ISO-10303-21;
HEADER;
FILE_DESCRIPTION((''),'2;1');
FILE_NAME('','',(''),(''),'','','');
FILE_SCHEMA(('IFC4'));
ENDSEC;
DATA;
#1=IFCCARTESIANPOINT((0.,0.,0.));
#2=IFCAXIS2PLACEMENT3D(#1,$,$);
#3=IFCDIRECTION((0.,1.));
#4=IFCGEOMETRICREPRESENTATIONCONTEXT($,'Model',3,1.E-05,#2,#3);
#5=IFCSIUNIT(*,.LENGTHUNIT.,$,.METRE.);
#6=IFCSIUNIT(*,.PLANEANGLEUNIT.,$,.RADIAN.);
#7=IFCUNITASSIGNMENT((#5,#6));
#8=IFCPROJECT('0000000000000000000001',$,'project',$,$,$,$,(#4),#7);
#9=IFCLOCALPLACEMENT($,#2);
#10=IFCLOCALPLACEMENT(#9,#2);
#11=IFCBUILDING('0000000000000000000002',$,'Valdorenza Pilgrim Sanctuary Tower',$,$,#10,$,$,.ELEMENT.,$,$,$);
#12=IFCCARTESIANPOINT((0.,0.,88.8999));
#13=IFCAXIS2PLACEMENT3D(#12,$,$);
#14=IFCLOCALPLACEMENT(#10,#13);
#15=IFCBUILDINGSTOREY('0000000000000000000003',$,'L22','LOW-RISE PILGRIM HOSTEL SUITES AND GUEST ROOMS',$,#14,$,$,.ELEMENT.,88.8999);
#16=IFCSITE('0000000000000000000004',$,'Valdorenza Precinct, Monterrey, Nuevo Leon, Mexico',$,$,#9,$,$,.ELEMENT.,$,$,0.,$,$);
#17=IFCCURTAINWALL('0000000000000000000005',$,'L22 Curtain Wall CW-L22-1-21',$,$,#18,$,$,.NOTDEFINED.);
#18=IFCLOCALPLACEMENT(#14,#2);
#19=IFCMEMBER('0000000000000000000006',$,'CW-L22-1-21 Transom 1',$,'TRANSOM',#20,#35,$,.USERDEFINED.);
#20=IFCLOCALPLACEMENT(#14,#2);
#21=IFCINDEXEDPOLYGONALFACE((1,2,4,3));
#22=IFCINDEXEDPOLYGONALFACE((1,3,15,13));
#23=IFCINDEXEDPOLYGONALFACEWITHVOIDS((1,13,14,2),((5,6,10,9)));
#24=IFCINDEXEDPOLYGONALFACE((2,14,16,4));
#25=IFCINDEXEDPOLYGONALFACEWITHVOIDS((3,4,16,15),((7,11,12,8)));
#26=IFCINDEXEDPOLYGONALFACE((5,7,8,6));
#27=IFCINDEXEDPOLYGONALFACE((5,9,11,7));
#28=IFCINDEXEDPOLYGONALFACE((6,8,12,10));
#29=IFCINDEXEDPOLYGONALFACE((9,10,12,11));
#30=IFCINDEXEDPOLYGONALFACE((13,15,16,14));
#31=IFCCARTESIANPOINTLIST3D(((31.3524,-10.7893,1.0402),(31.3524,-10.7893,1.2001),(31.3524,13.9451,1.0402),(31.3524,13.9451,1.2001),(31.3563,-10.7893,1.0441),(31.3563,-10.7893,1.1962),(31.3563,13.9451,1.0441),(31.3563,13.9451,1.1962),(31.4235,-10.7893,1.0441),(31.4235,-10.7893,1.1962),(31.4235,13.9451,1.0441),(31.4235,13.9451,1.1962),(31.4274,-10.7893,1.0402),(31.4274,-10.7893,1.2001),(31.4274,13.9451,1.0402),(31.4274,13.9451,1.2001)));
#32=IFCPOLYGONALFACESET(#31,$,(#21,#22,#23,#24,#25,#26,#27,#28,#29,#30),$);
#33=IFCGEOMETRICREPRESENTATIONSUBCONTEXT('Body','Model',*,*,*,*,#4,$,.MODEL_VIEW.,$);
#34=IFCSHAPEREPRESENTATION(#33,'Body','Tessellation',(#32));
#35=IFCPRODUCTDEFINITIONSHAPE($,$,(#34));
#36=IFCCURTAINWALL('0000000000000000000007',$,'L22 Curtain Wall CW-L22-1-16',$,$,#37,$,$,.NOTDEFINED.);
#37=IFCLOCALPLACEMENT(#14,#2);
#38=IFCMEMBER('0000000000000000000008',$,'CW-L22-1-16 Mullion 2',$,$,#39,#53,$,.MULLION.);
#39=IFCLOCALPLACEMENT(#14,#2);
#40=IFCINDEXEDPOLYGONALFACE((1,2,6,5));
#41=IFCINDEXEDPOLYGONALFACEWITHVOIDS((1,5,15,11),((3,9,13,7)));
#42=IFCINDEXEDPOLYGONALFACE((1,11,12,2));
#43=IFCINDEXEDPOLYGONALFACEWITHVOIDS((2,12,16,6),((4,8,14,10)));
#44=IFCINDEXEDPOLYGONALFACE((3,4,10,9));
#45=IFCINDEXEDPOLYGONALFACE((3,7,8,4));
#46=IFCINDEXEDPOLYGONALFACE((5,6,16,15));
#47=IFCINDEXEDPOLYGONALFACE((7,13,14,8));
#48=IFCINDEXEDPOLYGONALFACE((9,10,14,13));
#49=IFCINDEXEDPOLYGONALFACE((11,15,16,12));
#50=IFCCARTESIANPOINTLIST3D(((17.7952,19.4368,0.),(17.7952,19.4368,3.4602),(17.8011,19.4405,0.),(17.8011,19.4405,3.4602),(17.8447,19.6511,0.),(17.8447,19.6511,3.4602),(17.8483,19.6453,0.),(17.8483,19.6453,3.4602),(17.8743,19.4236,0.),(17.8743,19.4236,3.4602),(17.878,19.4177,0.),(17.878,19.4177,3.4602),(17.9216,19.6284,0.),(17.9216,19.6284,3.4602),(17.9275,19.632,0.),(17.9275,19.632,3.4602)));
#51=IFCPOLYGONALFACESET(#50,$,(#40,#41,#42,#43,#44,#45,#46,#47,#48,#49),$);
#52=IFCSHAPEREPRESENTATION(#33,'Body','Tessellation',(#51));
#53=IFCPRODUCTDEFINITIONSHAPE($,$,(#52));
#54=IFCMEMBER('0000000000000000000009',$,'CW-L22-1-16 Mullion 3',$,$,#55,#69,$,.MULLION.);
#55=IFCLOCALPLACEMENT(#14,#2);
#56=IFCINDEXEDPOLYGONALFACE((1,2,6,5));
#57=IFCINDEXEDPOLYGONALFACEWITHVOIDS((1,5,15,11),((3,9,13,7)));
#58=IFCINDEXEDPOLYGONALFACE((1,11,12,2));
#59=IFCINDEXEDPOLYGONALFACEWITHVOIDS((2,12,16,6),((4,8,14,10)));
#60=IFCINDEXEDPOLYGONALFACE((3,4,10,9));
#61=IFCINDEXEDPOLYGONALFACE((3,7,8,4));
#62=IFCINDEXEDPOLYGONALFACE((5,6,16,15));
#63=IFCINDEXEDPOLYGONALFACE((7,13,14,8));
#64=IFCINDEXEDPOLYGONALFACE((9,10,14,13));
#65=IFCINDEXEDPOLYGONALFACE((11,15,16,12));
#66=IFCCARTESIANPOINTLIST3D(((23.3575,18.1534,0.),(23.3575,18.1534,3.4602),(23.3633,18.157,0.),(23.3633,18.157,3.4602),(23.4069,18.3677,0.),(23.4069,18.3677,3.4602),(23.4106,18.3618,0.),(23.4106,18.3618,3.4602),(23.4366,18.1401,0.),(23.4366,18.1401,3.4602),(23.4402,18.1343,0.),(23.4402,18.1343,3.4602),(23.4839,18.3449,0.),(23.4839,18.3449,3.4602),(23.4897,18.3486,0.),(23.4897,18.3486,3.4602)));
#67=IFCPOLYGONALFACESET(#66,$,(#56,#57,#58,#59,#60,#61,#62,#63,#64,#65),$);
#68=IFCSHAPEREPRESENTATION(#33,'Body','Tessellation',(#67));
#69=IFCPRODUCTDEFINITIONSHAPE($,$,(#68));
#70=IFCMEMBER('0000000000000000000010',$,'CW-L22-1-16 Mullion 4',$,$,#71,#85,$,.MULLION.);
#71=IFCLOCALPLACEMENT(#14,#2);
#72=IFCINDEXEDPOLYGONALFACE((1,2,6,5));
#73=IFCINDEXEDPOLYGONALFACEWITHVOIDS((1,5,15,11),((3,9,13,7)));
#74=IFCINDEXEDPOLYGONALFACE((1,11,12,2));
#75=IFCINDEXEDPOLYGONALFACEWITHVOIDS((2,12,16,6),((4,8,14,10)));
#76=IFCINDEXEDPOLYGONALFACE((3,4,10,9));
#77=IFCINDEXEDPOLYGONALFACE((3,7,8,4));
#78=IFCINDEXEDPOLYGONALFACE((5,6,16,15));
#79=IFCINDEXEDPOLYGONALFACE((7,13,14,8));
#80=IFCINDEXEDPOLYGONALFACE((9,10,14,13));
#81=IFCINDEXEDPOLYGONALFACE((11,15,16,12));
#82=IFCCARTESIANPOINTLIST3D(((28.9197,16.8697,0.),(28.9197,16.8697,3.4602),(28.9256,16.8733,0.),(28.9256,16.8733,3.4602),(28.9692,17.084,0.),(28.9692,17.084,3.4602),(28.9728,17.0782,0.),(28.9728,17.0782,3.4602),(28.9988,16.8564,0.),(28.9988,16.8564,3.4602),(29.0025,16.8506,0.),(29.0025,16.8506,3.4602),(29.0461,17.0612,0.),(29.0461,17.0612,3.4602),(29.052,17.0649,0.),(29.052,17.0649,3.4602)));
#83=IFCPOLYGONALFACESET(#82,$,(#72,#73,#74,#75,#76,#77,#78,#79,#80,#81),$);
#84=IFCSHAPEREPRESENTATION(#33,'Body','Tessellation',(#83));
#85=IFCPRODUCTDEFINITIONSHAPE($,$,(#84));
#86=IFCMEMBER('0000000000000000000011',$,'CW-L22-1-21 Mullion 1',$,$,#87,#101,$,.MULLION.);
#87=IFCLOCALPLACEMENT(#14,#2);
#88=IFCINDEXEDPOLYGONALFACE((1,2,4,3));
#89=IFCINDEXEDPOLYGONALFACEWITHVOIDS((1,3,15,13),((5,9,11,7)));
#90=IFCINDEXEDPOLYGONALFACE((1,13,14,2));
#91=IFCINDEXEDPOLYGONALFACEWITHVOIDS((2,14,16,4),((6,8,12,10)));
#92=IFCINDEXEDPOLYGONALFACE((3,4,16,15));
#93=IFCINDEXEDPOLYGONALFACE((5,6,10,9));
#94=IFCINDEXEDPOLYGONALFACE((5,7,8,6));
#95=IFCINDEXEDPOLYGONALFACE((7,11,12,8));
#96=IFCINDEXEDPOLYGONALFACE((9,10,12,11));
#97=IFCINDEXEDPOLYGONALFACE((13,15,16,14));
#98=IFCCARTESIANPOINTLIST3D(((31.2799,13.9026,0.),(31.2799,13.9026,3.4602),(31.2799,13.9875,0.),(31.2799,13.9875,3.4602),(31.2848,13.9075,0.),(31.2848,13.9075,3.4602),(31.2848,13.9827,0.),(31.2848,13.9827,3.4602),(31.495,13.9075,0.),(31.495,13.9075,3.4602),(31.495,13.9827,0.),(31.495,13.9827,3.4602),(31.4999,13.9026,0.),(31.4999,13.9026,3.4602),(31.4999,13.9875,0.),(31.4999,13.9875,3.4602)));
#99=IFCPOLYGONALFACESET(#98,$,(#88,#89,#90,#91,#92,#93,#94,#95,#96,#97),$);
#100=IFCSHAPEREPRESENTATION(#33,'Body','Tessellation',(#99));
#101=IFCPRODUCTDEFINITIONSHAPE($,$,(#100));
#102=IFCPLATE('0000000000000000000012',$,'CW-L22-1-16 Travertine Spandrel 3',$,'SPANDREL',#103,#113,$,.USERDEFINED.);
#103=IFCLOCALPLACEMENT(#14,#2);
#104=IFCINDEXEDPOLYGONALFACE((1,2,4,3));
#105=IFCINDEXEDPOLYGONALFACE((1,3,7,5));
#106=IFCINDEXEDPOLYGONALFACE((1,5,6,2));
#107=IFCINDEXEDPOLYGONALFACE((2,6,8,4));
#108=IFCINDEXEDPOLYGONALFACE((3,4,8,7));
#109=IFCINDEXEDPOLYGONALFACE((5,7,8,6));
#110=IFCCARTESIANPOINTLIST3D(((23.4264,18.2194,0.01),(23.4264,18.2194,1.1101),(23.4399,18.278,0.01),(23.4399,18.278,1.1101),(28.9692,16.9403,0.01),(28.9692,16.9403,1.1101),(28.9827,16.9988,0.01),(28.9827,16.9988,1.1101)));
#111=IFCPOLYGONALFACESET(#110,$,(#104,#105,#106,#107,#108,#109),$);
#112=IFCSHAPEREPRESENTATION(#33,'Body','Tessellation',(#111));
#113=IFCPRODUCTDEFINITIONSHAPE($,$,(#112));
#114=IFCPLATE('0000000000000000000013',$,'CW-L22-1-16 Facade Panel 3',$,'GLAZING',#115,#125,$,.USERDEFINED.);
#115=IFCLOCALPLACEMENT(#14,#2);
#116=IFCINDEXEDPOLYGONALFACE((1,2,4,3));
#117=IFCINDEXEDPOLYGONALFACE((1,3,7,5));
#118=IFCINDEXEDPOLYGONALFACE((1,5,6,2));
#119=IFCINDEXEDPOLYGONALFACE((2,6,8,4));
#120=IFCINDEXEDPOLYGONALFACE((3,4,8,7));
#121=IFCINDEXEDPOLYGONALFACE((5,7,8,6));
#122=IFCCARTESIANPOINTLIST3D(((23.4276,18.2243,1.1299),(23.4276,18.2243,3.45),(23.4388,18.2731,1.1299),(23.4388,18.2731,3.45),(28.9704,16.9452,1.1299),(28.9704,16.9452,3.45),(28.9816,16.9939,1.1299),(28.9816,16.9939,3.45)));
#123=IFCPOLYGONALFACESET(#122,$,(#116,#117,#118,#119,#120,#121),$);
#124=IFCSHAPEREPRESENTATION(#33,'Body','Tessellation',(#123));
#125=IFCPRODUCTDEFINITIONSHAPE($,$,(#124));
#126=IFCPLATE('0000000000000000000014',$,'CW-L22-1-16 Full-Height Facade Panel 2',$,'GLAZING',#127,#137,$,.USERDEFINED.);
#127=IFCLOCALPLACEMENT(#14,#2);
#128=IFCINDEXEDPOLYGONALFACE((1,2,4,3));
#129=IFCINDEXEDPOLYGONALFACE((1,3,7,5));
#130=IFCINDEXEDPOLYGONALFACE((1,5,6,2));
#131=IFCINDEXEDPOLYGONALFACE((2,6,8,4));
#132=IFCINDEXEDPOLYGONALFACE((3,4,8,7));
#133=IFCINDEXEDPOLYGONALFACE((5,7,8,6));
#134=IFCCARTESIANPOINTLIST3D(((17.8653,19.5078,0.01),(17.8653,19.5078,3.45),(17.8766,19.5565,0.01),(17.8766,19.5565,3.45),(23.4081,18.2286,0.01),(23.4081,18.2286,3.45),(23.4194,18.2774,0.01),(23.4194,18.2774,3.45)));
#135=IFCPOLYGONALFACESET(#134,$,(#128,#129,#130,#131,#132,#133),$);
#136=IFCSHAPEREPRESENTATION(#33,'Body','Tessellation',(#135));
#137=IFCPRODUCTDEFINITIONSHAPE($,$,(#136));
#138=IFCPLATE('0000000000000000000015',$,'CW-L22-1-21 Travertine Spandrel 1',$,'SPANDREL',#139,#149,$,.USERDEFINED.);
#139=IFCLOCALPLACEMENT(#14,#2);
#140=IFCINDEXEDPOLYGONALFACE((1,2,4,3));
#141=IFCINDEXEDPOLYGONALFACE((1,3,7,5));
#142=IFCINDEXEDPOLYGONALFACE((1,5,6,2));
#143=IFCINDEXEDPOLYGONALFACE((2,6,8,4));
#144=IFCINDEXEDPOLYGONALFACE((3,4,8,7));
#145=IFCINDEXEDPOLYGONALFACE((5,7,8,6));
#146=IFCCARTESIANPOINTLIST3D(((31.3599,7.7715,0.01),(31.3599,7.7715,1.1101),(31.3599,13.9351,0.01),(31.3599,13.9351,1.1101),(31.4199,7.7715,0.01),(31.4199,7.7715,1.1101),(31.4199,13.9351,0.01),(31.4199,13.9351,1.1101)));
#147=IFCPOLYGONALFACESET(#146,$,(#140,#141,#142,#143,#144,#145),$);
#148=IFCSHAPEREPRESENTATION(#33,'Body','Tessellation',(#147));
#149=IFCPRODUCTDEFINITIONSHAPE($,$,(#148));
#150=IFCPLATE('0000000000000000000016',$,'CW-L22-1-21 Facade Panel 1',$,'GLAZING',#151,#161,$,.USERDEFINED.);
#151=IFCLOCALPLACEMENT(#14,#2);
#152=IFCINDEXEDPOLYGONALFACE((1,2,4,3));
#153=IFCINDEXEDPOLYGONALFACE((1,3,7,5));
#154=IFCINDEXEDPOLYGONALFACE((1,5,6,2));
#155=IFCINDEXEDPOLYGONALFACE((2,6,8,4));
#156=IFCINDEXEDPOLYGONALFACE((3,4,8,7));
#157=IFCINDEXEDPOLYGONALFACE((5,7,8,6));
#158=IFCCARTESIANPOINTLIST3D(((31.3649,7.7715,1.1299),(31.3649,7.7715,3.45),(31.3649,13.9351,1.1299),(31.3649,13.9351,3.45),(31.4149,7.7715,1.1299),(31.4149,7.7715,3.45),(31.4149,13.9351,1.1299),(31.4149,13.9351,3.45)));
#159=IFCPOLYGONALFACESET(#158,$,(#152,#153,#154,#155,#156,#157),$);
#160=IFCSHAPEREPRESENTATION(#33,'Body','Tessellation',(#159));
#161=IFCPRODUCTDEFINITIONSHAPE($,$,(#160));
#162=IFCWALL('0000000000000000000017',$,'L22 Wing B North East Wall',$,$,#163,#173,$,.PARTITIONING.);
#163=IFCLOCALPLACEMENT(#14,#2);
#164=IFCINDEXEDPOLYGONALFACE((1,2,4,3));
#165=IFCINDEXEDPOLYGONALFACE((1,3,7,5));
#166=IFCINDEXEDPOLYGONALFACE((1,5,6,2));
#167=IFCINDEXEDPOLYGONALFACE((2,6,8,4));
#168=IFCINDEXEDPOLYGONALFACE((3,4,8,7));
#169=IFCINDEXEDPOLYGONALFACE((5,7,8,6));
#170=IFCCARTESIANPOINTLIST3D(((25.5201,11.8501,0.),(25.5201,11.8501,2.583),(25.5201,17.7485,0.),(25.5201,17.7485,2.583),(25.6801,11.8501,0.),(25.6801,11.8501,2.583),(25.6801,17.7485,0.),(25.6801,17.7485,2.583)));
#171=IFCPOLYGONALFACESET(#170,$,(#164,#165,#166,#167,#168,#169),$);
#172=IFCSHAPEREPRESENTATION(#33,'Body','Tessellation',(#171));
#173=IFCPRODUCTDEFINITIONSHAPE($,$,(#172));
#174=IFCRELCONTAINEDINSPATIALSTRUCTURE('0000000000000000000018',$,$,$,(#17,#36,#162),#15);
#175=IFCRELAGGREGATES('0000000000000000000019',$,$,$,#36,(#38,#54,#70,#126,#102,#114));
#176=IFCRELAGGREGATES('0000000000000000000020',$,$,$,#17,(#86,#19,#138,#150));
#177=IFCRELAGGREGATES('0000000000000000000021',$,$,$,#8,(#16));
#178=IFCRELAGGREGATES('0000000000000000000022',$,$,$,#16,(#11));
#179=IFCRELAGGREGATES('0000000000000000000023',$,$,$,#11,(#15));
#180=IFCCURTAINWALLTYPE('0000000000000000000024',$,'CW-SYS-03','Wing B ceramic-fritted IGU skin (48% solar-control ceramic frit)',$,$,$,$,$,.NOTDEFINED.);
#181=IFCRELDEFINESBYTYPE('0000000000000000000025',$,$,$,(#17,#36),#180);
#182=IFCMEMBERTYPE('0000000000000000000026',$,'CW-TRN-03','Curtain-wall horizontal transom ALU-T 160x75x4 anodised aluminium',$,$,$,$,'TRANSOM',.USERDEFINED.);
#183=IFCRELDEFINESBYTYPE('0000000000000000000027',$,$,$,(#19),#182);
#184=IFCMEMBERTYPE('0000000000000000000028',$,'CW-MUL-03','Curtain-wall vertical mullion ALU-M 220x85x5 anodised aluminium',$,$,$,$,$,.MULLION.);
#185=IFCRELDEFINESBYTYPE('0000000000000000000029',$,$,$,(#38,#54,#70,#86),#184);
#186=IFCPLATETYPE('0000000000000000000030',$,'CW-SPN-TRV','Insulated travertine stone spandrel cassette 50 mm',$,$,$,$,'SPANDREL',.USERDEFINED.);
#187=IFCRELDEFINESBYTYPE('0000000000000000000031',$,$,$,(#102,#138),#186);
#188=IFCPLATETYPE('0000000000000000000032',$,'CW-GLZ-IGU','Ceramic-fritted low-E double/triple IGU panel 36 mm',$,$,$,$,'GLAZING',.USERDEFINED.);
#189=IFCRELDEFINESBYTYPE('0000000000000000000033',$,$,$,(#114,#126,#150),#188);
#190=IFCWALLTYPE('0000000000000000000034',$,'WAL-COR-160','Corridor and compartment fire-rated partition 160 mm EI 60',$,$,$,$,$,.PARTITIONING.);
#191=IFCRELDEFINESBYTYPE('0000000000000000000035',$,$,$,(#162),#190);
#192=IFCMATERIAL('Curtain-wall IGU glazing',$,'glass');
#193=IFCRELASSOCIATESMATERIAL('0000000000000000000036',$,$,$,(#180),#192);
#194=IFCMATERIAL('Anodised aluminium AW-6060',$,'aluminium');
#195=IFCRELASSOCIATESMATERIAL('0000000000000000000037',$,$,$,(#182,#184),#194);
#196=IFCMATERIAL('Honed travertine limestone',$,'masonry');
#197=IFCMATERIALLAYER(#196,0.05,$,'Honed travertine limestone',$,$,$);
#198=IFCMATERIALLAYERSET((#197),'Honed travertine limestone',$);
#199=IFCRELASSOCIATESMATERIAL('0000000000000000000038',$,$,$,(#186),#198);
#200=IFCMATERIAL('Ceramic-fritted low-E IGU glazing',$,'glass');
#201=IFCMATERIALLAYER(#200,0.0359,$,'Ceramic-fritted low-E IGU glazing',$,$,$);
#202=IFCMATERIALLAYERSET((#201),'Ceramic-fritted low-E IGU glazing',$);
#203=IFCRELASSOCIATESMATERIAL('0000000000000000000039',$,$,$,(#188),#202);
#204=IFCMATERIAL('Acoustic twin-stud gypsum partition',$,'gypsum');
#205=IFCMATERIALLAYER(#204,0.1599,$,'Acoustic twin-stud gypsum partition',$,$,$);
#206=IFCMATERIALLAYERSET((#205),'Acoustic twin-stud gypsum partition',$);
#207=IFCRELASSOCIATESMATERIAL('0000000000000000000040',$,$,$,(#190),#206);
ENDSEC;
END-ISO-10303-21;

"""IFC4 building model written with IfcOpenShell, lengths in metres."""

from ifc_helpers import new_model, si_unit, direction, frame, frame_2d, origin, origin_2d, place, context, subcontext, project, spatial, rectangle, hollow_rectangle, extrude, source, transform, mapped, material, layer, layer_set, material_profile, profile_set, type_object, element, aggregate, save


model = new_model("IFC4")

# Units and contexts
model_context = context("Model", 3, precision=1e-05, world=origin(), true_north=direction((0.0, 1.0)))
body_context = subcontext(model_context, "Body", "Model", "MODEL_VIEW")
ifc_project = project(units=[si_unit("LENGTHUNIT", "METRE"), si_unit("PLANEANGLEUNIT", "RADIAN")], contexts=[model_context])

# Site, building, storey
site_placement = place(None, origin())
site = spatial("IfcSite", under=ifc_project, at=site_placement, Name="Valdorenza Precinct, Monterrey, Nuevo Leon, Mexico", CompositionType="ELEMENT", RefElevation=0.0)
building_placement = place(site_placement, origin())
building = spatial("IfcBuilding", under=site, at=building_placement, Name="Valdorenza Pilgrim Sanctuary Tower", CompositionType="ELEMENT")
storey_placement = place(building_placement, frame((0.0, 0.0, 88.8999)))
storey = spatial("IfcBuildingStorey", under=building, at=storey_placement, Name="L22", Description="LOW-RISE PILGRIM HOSTEL SUITES AND GUEST ROOMS", CompositionType="ELEMENT", Elevation=88.8999)

# Curtain wall, member
ifc_material_1 = material(Name="Curtain-wall IGU glazing", Category="glass")
curtain_wall_type = type_object("IfcCurtainWallType", Name="CW-SYS-03", Description="Wing B ceramic-fritted IGU skin (48% solar-control ceramic frit)", PredefinedType="NOTDEFINED", material=ifc_material_1)
curtain_wall_1_placement = place(storey_placement, origin())
curtain_wall_1 = element("IfcCurtainWall", 1, at=curtain_wall_1_placement, inside=storey, type_object=curtain_wall_type, Name="L22 Curtain Wall CW-L22-1-21", PredefinedType="NOTDEFINED")
ifc_material_2 = material(Name="Anodised aluminium AW-6060", Category="aluminium")
ifc_material_profile_1 = material_profile(ifc_material_2, hollow_rectangle(XDim=0.075, YDim=0.1599, WallThickness=0.0039, at=origin_2d()), Name="ALU-T 160x75x4")
ifc_profile_set_1 = profile_set([ifc_material_profile_1], Name="Anodised aluminium AW-6060")
member_type_1 = type_object("IfcMemberType", Name="CW-TRN-03", Description="Curtain-wall horizontal transom ALU-T 160x75x4 anodised aluminium", ElementType="TRANSOM", PredefinedType="USERDEFINED", material=ifc_profile_set_1)
shared_shape_1 = source(origin(), body_context, "Body", "SweptSolid", [
    extrude(hollow_rectangle(XDim=0.075, YDim=0.1599, WallThickness=0.0039, at=origin_2d()), origin(), (0.0, 0.0, 1.0), 24.7344),
])
member_1_placement = place(storey_placement, frame((31.3899, 13.9451, 1.1201), z_axis=(0.0, -1.0, 0.0), x_axis=(1.0, 0.0, 0.0)))
member_1 = element("IfcMember", 2, at=member_1_placement, type_object=member_type_1, Name="CW-L22-1-21 Transom 1", ObjectType="TRANSOM", PredefinedType="USERDEFINED", context=body_context, shape_type="MappedRepresentation", body=[
    mapped(shared_shape_1, transform((0.0, 0.0, 0.0), x_axis=(1.0, 0.0, 0.0), y_axis=(0.0, 1.0, 0.0), z_axis=(0.0, 0.0, 1.0), scale=1.0)),
])

# Curtain wall, members
curtain_wall_2_placement = place(storey_placement, origin())
curtain_wall_2 = element("IfcCurtainWall", 3, at=curtain_wall_2_placement, inside=storey, type_object=curtain_wall_type, Name="L22 Curtain Wall CW-L22-1-16", PredefinedType="NOTDEFINED")
ifc_material_profile_2 = material_profile(ifc_material_2, hollow_rectangle(XDim=0.085, YDim=0.22, WallThickness=0.0049, at=origin_2d()), Name="ALU-M 220x85x5")
ifc_profile_set_2 = profile_set([ifc_material_profile_2], Name="Anodised aluminium AW-6060")
member_type_2 = type_object("IfcMemberType", Name="CW-MUL-03", Description="Curtain-wall vertical mullion ALU-M 220x85x5 anodised aluminium", PredefinedType="MULLION", material=ifc_profile_set_2)
shared_shape_2 = source(origin(), body_context, "Body", "SweptSolid", [
    extrude(hollow_rectangle(XDim=0.085, YDim=0.22, WallThickness=0.0049, at=origin_2d()), origin(), (0.0, 0.0, 1.0), 3.4602),
])
member_2_placement = place(storey_placement, frame((17.8613, 19.5344, 0.0), z_axis=(0.0, 0.0, 1.0), x_axis=(0.97439, -0.224866, 0.0)))
member_2 = element("IfcMember", 4, at=member_2_placement, type_object=member_type_2, Name="CW-L22-1-16 Mullion 2", PredefinedType="MULLION", context=body_context, shape_type="MappedRepresentation", body=[
    mapped(shared_shape_2, transform((0.0, 0.0, 0.0), x_axis=(1.0, 0.0, 0.0), y_axis=(0.0, 1.0, 0.0), z_axis=(0.0, 0.0, 1.0), scale=1.0)),
])
member_3_placement = place(storey_placement, frame((23.4236, 18.251, 0.0), z_axis=(0.0, 0.0, 1.0), x_axis=(0.97439, -0.224866, 0.0)))
member_3 = element("IfcMember", 5, at=member_3_placement, type_object=member_type_2, Name="CW-L22-1-16 Mullion 3", PredefinedType="MULLION", context=body_context, shape_type="MappedRepresentation", body=[
    mapped(shared_shape_2, transform((0.0, 0.0, 0.0), x_axis=(1.0, 0.0, 0.0), y_axis=(0.0, 1.0, 0.0), z_axis=(0.0, 0.0, 1.0), scale=1.0)),
])
member_4_placement = place(storey_placement, frame((28.9858, 16.9673, 0.0), z_axis=(0.0, 0.0, 1.0), x_axis=(0.97439, -0.224866, 0.0)))
member_4 = element("IfcMember", 6, at=member_4_placement, type_object=member_type_2, Name="CW-L22-1-16 Mullion 4", PredefinedType="MULLION", context=body_context, shape_type="MappedRepresentation", body=[
    mapped(shared_shape_2, transform((0.0, 0.0, 0.0), x_axis=(1.0, 0.0, 0.0), y_axis=(0.0, 1.0, 0.0), z_axis=(0.0, 0.0, 1.0), scale=1.0)),
])

# Member
member_5_placement = place(storey_placement, frame((31.3899, 13.9451, 0.0), z_axis=(0.0, 0.0, 1.0), x_axis=(0.0, -1.0, 0.0)))
member_5 = element("IfcMember", 7, at=member_5_placement, type_object=member_type_2, Name="CW-L22-1-21 Mullion 1", PredefinedType="MULLION", context=body_context, shape_type="MappedRepresentation", body=[
    mapped(shared_shape_2, transform((0.0, 0.0, 0.0), x_axis=(1.0, 0.0, 0.0), y_axis=(0.0, 1.0, 0.0), z_axis=(0.0, 0.0, 1.0), scale=1.0)),
])

# Plates
ifc_material_3 = material(Name="Honed travertine limestone", Category="masonry")
ifc_layer_1 = layer(ifc_material_3, 0.05, Name="Honed travertine limestone")
ifc_layer_set_1 = layer_set([ifc_layer_1], Name="Honed travertine limestone")
plate_type_1 = type_object("IfcPlateType", Name="CW-SPN-TRV", Description="Insulated travertine stone spandrel cassette 50 mm", ElementType="SPANDREL", PredefinedType="USERDEFINED", material=ifc_layer_set_1)
shared_shape_3 = source(origin(), body_context, "Body", "SweptSolid", [
    extrude(rectangle(XDim=5.6885, YDim=0.0601, at=origin_2d()), origin(), (0.0, 0.0, 1.0), 1.1001),
])
plate_1_placement = place(storey_placement, frame((26.2046, 17.6091, 0.01), z_axis=(0.0, 0.0, 1.0), x_axis=(0.97439, -0.224866, 0.0)))
plate_1 = element("IfcPlate", 8, at=plate_1_placement, type_object=plate_type_1, Name="CW-L22-1-16 Travertine Spandrel 3", ObjectType="SPANDREL", PredefinedType="USERDEFINED", context=body_context, shape_type="MappedRepresentation", body=[
    mapped(shared_shape_3, transform((0.0, 0.0, 0.0), x_axis=(1.0, 0.0, 0.0), y_axis=(0.0, 1.0, 0.0), z_axis=(0.0, 0.0, 1.0), scale=1.0)),
])
ifc_material_4 = material(Name="Ceramic-fritted low-E IGU glazing", Category="glass")
ifc_layer_2 = layer(ifc_material_4, 0.0359, Name="Ceramic-fritted low-E IGU glazing")
ifc_layer_set_2 = layer_set([ifc_layer_2], Name="Ceramic-fritted low-E IGU glazing")
plate_type_2 = type_object("IfcPlateType", Name="CW-GLZ-IGU", Description="Ceramic-fritted low-E double/triple IGU panel 36 mm", ElementType="GLAZING", PredefinedType="USERDEFINED", material=ifc_layer_set_2)
shared_shape_4 = source(origin(), body_context, "Body", "SweptSolid", [
    extrude(rectangle(XDim=5.6885, YDim=0.05, at=origin_2d()), origin(), (0.0, 0.0, 1.0), 2.3201),
])
plate_2_placement = place(storey_placement, frame((26.2046, 17.6091, 1.1299), z_axis=(0.0, 0.0, 1.0), x_axis=(0.97439, -0.224866, 0.0)))
plate_2 = element("IfcPlate", 9, at=plate_2_placement, type_object=plate_type_2, Name="CW-L22-1-16 Facade Panel 3", ObjectType="GLAZING", PredefinedType="USERDEFINED", context=body_context, shape_type="MappedRepresentation", body=[
    mapped(shared_shape_4, transform((0.0, 0.0, 0.0), x_axis=(1.0, 0.0, 0.0), y_axis=(0.0, 1.0, 0.0), z_axis=(0.0, 0.0, 1.0), scale=1.0)),
])
shared_shape_5 = source(origin(), body_context, "Body", "SweptSolid", [
    extrude(rectangle(XDim=5.6885, YDim=0.05, at=origin_2d()), origin(), (0.0, 0.0, 1.0), 3.4399),
])
plate_3_placement = place(storey_placement, frame((20.6423, 18.8926, 0.01), z_axis=(0.0, 0.0, 1.0), x_axis=(0.97439, -0.224866, 0.0)))
plate_3 = element("IfcPlate", 10, at=plate_3_placement, type_object=plate_type_2, Name="CW-L22-1-16 Full-Height Facade Panel 2", ObjectType="GLAZING", PredefinedType="USERDEFINED", context=body_context, shape_type="MappedRepresentation", body=[
    mapped(shared_shape_5, transform((0.0, 0.0, 0.0), x_axis=(1.0, 0.0, 0.0), y_axis=(0.0, 1.0, 0.0), z_axis=(0.0, 0.0, 1.0), scale=1.0)),
])
aggregate(curtain_wall_2, [member_2, member_3, member_4, plate_3, plate_1, plate_2])
shared_shape_6 = source(origin(), body_context, "Body", "SweptSolid", [
    extrude(rectangle(XDim=6.1636, YDim=0.0601, at=origin_2d()), origin(), (0.0, 0.0, 1.0), 1.1001),
])
plate_4_placement = place(storey_placement, frame((31.3899, 10.8533, 0.01), z_axis=(0.0, 0.0, 1.0), x_axis=(0.0, -1.0, 0.0)))
plate_4 = element("IfcPlate", 11, at=plate_4_placement, type_object=plate_type_1, Name="CW-L22-1-21 Travertine Spandrel 1", ObjectType="SPANDREL", PredefinedType="USERDEFINED", context=body_context, shape_type="MappedRepresentation", body=[
    mapped(shared_shape_6, transform((0.0, 0.0, 0.0), x_axis=(1.0, 0.0, 0.0), y_axis=(0.0, 1.0, 0.0), z_axis=(0.0, 0.0, 1.0), scale=1.0)),
])
shared_shape_7 = source(origin(), body_context, "Body", "SweptSolid", [
    extrude(rectangle(XDim=6.1636, YDim=0.05, at=origin_2d()), origin(), (0.0, 0.0, 1.0), 2.3201),
])
plate_5_placement = place(storey_placement, frame((31.3899, 10.8533, 1.1299), z_axis=(0.0, 0.0, 1.0), x_axis=(0.0, -1.0, 0.0)))
plate_5 = element("IfcPlate", 12, at=plate_5_placement, type_object=plate_type_2, Name="CW-L22-1-21 Facade Panel 1", ObjectType="GLAZING", PredefinedType="USERDEFINED", context=body_context, shape_type="MappedRepresentation", body=[
    mapped(shared_shape_7, transform((0.0, 0.0, 0.0), x_axis=(1.0, 0.0, 0.0), y_axis=(0.0, 1.0, 0.0), z_axis=(0.0, 0.0, 1.0), scale=1.0)),
])
aggregate(curtain_wall_1, [member_5, member_1, plate_4, plate_5])

# Wall
ifc_material_5 = material(Name="Acoustic twin-stud gypsum partition", Category="gypsum")
ifc_layer_3 = layer(ifc_material_5, 0.1599, Name="Acoustic twin-stud gypsum partition")
ifc_layer_set_3 = layer_set([ifc_layer_3], Name="Acoustic twin-stud gypsum partition")
wall_type_1 = type_object("IfcWallType", Name="WAL-COR-160", Description="Corridor and compartment fire-rated partition 160 mm EI 60", PredefinedType="PARTITIONING", material=ifc_layer_set_3)
wall_1_placement = place(storey_placement, frame((25.6001, 11.8501, 0.0), z_axis=(0.0, 0.0, 1.0), x_axis=(0.0, 1.0, 0.0)))
element("IfcWall", 13, at=wall_1_placement, inside=storey, type_object=wall_type_1, Name="L22 Wing B North East Wall", PredefinedType="PARTITIONING", context=body_context, shape_type="SweptSolid", body=[
    extrude(rectangle(XDim=5.8984, YDim=0.1599, at=frame_2d((2.9492, 0.0))), origin(), (0.0, 0.0, 1.0), 2.583),
])

save(model, "model.ifc")
